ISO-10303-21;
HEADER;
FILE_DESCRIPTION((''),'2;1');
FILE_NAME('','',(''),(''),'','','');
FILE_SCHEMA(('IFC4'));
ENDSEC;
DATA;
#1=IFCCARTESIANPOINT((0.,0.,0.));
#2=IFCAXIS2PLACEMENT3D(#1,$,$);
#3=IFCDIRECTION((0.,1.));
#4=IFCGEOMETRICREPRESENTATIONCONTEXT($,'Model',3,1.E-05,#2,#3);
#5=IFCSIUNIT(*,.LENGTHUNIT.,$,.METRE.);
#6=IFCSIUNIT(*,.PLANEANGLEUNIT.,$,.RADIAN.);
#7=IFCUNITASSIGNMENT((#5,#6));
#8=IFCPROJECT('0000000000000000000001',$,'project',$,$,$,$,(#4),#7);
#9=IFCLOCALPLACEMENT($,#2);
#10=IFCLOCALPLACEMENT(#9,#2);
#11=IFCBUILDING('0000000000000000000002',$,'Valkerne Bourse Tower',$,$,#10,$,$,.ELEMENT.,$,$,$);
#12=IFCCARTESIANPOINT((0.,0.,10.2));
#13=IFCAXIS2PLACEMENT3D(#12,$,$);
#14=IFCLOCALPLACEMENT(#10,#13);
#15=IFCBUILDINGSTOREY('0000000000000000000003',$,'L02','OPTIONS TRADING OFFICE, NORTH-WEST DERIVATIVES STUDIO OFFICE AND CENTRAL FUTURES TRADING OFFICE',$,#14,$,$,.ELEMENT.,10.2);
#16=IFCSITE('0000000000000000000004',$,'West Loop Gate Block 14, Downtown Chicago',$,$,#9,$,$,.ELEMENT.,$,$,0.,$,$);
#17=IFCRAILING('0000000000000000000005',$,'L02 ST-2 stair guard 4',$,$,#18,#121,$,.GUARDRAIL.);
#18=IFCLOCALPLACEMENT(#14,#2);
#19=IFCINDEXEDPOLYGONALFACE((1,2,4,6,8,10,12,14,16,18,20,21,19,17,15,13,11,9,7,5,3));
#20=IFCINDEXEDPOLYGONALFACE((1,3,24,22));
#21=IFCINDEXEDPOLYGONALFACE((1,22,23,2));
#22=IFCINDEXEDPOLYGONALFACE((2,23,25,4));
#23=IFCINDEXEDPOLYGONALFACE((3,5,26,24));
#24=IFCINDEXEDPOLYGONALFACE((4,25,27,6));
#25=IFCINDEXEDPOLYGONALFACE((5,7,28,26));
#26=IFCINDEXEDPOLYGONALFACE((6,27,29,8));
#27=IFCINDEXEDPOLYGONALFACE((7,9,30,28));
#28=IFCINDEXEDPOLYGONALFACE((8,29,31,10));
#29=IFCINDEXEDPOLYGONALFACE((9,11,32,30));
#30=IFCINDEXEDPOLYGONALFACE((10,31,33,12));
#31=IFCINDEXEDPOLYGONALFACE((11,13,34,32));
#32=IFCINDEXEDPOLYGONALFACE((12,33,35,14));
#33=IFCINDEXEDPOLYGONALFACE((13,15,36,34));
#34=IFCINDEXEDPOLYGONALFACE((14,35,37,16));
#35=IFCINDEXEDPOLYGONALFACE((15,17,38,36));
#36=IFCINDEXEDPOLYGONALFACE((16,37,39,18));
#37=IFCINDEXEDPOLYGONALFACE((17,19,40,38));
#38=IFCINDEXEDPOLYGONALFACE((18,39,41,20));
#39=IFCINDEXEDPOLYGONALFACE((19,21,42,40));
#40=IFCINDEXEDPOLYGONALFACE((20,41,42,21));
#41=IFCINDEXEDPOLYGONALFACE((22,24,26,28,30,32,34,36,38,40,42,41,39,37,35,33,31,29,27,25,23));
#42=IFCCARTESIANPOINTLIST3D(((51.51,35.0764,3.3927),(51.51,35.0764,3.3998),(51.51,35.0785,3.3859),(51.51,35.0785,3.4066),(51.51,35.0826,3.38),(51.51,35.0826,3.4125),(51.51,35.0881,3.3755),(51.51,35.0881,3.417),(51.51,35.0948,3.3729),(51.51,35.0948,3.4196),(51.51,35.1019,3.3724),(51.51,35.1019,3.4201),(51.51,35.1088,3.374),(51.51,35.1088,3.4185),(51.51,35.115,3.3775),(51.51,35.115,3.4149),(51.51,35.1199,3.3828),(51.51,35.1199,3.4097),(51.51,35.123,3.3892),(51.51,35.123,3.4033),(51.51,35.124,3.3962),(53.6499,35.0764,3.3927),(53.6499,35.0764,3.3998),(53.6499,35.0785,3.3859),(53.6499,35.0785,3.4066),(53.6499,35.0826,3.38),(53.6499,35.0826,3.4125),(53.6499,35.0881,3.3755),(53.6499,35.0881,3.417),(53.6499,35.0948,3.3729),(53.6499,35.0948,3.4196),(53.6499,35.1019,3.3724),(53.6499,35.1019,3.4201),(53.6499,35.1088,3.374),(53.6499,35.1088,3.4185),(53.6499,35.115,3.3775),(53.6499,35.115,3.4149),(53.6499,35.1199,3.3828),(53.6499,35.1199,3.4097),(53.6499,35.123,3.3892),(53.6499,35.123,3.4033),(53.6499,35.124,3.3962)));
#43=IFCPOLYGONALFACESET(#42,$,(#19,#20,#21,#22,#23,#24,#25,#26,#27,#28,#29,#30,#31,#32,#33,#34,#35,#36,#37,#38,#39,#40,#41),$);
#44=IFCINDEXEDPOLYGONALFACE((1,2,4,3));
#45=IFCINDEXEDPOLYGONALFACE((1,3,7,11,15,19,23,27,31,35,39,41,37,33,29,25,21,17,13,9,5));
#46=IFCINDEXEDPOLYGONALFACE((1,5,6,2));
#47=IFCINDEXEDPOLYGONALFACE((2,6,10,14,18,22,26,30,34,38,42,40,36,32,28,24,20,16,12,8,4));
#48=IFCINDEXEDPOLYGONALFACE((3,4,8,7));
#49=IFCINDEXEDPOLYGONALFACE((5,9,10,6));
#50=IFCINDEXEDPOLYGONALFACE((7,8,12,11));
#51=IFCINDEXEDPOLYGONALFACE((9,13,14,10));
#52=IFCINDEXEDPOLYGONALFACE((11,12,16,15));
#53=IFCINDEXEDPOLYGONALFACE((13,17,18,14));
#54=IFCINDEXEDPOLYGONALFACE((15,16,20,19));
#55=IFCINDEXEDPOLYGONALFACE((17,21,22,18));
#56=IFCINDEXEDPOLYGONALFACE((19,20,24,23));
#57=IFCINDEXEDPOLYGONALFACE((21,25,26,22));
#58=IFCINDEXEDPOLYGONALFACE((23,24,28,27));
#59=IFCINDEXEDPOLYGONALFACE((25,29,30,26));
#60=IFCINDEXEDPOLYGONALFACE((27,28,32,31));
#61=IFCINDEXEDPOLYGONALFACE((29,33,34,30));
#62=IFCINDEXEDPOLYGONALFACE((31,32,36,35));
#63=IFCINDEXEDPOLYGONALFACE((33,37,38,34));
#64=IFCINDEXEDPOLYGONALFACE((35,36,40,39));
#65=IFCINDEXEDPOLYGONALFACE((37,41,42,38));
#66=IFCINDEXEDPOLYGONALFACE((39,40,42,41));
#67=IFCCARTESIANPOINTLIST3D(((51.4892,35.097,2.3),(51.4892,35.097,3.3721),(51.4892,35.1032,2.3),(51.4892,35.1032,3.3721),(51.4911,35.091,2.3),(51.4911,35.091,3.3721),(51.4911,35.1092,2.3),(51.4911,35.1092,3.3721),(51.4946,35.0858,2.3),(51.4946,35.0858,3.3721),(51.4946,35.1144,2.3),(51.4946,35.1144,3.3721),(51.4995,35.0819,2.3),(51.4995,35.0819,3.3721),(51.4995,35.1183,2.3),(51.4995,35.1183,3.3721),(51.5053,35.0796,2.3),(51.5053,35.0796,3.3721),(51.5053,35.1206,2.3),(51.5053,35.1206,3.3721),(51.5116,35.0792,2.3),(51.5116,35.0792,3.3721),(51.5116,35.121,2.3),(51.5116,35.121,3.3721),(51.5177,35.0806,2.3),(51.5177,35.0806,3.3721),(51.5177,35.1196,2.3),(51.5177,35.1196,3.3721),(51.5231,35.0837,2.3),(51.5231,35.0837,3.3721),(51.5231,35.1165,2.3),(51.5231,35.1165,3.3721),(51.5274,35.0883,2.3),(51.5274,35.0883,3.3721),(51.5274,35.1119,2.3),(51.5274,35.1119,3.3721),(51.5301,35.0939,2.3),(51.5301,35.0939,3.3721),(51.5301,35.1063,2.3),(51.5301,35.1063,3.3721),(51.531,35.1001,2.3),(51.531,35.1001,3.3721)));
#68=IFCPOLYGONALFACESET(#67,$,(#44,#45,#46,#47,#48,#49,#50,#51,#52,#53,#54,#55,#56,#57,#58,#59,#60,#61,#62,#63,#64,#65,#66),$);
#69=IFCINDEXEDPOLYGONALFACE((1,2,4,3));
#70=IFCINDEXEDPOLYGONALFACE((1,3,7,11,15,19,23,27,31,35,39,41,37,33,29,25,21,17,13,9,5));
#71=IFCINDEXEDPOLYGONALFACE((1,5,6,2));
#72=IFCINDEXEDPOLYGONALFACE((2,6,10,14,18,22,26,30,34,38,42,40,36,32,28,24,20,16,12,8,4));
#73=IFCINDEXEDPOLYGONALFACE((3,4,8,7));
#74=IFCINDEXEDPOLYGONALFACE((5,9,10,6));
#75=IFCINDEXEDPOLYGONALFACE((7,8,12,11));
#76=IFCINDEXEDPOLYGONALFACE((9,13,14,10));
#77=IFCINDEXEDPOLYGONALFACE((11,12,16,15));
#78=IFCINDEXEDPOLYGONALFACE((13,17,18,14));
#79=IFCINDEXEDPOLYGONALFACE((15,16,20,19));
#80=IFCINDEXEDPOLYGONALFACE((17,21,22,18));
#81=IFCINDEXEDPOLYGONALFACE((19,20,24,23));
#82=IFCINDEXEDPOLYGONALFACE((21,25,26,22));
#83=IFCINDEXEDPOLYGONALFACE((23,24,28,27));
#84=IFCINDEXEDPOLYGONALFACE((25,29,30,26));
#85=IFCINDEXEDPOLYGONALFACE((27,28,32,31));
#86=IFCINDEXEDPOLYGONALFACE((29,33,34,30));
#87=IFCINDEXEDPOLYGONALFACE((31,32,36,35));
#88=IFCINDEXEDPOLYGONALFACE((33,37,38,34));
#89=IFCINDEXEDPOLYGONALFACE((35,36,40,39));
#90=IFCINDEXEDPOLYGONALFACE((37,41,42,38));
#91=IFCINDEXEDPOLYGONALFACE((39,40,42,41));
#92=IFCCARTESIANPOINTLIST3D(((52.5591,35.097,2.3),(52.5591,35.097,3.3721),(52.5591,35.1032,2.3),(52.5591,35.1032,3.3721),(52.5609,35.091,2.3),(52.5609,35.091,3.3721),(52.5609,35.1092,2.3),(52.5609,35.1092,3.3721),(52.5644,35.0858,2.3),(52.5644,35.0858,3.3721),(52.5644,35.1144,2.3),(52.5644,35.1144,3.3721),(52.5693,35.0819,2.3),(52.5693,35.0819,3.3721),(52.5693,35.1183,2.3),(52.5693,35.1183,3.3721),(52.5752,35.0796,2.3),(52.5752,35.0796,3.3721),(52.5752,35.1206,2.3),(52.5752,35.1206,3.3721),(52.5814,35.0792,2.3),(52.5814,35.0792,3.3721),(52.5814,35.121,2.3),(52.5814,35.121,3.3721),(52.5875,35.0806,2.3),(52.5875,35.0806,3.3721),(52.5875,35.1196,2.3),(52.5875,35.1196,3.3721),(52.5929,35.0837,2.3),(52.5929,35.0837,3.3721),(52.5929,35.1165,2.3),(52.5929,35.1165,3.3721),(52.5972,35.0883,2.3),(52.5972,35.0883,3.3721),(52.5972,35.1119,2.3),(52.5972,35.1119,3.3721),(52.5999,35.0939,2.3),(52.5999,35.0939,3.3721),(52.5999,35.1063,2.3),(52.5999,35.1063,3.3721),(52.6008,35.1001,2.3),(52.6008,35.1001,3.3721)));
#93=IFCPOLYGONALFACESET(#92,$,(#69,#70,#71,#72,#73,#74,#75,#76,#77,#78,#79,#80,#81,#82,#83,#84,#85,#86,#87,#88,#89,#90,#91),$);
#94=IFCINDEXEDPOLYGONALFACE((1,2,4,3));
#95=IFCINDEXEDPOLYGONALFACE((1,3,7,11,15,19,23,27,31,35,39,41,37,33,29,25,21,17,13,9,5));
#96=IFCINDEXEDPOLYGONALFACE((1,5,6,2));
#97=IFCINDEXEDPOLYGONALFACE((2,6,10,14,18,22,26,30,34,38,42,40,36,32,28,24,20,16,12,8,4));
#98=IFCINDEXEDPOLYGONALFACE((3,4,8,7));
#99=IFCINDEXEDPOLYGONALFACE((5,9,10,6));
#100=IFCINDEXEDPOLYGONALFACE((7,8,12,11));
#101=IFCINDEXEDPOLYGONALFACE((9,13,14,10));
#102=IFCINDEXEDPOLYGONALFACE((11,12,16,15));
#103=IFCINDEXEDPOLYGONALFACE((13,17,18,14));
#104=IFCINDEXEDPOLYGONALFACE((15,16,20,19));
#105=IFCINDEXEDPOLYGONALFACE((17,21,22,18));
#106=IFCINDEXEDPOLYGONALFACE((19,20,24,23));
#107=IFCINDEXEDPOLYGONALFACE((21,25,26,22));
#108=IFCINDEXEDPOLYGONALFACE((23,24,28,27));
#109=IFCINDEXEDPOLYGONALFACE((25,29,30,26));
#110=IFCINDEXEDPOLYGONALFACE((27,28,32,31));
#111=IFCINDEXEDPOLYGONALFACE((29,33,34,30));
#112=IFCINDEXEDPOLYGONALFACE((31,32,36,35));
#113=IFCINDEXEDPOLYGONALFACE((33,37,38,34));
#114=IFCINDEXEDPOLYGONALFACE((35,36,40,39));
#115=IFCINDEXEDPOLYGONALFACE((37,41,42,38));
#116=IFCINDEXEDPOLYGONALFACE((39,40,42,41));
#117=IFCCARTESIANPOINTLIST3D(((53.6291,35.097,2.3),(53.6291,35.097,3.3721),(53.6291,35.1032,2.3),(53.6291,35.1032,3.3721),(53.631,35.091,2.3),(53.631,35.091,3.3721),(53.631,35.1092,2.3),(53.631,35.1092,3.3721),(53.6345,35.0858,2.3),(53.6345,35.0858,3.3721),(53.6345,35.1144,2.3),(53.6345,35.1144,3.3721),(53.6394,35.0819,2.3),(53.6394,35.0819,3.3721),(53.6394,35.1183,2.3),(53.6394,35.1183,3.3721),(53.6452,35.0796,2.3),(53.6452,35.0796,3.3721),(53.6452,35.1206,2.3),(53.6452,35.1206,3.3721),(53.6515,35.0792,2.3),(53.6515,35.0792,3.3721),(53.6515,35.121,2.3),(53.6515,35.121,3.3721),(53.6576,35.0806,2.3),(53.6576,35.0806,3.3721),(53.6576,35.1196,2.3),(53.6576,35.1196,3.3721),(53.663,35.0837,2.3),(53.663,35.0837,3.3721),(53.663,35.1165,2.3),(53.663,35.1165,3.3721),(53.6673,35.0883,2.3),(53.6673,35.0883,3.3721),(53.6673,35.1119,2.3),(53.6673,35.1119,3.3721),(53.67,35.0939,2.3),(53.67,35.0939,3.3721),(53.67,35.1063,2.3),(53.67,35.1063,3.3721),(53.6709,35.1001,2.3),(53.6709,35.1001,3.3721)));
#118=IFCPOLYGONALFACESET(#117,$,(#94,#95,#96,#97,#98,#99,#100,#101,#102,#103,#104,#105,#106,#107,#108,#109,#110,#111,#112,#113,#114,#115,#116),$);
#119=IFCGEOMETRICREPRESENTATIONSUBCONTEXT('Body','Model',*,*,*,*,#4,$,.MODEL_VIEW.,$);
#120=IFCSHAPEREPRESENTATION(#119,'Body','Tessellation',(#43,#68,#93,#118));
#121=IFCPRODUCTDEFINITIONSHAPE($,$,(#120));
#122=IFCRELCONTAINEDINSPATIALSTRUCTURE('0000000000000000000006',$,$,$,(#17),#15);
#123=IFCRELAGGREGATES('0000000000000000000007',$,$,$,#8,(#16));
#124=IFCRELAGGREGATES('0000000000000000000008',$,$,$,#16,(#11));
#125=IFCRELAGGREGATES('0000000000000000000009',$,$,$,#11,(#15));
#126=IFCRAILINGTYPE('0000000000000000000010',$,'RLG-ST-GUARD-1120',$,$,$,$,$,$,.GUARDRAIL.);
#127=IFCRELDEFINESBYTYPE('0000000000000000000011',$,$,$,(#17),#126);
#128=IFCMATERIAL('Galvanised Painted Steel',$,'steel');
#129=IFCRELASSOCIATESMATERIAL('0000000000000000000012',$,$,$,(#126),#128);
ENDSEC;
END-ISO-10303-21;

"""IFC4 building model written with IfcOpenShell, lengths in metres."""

from ifc_helpers import new_model, si_unit, direction, frame, origin, origin_2d, place, context, subcontext, project, spatial, circle, extrude, material, type_object, element, save


model = new_model("IFC4")

# Units and contexts
model_context = context("Model", 3, precision=1e-05, world=origin(), true_north=direction((0.0, 1.0)))
body_context = subcontext(model_context, "Body", "Model", "MODEL_VIEW")
ifc_project = project(units=[si_unit("LENGTHUNIT", "METRE"), si_unit("PLANEANGLEUNIT", "RADIAN")], contexts=[model_context])

# Site, building, storey
site_placement = place(None, origin())
site = spatial("IfcSite", under=ifc_project, at=site_placement, Name="West Loop Gate Block 14, Downtown Chicago", CompositionType="ELEMENT", RefElevation=0.0)
building_placement = place(site_placement, origin())
building = spatial("IfcBuilding", under=site, at=building_placement, Name="Valkerne Bourse Tower", CompositionType="ELEMENT")
storey_placement = place(building_placement, frame((0.0, 0.0, 10.2)))
storey = spatial("IfcBuildingStorey", under=building, at=storey_placement, Name="L02", Description="OPTIONS TRADING OFFICE, NORTH-WEST DERIVATIVES STUDIO OFFICE AND CENTRAL FUTURES TRADING OFFICE", CompositionType="ELEMENT", Elevation=10.2)

# Railing
ifc_material_1 = material(Name="Galvanised Painted Steel", Category="steel")
railing_type_1 = type_object("IfcRailingType", Name="RLG-ST-GUARD-1120", PredefinedType="GUARDRAIL", material=ifc_material_1)
railing_1_placement = place(storey_placement, frame((51.51, 35.1001, 2.3)))
element("IfcRailing", 1, at=railing_1_placement, inside=storey, type_object=railing_type_1, Name="L02 ST-2 stair guard 4", PredefinedType="GUARDRAIL", context=body_context, shape_type="SweptSolid", body=[
    extrude(circle(Radius=0.0239, at=origin_2d()), frame((0.0, 0.0, 1.0962), z_axis=(1.0, 0.0, 0.0), x_axis=(0.0, 1.0, 0.0)), (0.0, 0.0, 1.0), 2.1399),
    extrude(circle(Radius=0.021, at=origin_2d()), origin(), (0.0, 0.0, 1.0), 1.072),
    extrude(circle(Radius=0.021, at=origin_2d()), frame((1.0698, 0.0, 0.0)), (0.0, 0.0, 1.0), 1.072),
    extrude(circle(Radius=0.021, at=origin_2d()), frame((2.1399, 0.0, 0.0)), (0.0, 0.0, 1.0), 1.072),
])

save(model, "model.ifc")
